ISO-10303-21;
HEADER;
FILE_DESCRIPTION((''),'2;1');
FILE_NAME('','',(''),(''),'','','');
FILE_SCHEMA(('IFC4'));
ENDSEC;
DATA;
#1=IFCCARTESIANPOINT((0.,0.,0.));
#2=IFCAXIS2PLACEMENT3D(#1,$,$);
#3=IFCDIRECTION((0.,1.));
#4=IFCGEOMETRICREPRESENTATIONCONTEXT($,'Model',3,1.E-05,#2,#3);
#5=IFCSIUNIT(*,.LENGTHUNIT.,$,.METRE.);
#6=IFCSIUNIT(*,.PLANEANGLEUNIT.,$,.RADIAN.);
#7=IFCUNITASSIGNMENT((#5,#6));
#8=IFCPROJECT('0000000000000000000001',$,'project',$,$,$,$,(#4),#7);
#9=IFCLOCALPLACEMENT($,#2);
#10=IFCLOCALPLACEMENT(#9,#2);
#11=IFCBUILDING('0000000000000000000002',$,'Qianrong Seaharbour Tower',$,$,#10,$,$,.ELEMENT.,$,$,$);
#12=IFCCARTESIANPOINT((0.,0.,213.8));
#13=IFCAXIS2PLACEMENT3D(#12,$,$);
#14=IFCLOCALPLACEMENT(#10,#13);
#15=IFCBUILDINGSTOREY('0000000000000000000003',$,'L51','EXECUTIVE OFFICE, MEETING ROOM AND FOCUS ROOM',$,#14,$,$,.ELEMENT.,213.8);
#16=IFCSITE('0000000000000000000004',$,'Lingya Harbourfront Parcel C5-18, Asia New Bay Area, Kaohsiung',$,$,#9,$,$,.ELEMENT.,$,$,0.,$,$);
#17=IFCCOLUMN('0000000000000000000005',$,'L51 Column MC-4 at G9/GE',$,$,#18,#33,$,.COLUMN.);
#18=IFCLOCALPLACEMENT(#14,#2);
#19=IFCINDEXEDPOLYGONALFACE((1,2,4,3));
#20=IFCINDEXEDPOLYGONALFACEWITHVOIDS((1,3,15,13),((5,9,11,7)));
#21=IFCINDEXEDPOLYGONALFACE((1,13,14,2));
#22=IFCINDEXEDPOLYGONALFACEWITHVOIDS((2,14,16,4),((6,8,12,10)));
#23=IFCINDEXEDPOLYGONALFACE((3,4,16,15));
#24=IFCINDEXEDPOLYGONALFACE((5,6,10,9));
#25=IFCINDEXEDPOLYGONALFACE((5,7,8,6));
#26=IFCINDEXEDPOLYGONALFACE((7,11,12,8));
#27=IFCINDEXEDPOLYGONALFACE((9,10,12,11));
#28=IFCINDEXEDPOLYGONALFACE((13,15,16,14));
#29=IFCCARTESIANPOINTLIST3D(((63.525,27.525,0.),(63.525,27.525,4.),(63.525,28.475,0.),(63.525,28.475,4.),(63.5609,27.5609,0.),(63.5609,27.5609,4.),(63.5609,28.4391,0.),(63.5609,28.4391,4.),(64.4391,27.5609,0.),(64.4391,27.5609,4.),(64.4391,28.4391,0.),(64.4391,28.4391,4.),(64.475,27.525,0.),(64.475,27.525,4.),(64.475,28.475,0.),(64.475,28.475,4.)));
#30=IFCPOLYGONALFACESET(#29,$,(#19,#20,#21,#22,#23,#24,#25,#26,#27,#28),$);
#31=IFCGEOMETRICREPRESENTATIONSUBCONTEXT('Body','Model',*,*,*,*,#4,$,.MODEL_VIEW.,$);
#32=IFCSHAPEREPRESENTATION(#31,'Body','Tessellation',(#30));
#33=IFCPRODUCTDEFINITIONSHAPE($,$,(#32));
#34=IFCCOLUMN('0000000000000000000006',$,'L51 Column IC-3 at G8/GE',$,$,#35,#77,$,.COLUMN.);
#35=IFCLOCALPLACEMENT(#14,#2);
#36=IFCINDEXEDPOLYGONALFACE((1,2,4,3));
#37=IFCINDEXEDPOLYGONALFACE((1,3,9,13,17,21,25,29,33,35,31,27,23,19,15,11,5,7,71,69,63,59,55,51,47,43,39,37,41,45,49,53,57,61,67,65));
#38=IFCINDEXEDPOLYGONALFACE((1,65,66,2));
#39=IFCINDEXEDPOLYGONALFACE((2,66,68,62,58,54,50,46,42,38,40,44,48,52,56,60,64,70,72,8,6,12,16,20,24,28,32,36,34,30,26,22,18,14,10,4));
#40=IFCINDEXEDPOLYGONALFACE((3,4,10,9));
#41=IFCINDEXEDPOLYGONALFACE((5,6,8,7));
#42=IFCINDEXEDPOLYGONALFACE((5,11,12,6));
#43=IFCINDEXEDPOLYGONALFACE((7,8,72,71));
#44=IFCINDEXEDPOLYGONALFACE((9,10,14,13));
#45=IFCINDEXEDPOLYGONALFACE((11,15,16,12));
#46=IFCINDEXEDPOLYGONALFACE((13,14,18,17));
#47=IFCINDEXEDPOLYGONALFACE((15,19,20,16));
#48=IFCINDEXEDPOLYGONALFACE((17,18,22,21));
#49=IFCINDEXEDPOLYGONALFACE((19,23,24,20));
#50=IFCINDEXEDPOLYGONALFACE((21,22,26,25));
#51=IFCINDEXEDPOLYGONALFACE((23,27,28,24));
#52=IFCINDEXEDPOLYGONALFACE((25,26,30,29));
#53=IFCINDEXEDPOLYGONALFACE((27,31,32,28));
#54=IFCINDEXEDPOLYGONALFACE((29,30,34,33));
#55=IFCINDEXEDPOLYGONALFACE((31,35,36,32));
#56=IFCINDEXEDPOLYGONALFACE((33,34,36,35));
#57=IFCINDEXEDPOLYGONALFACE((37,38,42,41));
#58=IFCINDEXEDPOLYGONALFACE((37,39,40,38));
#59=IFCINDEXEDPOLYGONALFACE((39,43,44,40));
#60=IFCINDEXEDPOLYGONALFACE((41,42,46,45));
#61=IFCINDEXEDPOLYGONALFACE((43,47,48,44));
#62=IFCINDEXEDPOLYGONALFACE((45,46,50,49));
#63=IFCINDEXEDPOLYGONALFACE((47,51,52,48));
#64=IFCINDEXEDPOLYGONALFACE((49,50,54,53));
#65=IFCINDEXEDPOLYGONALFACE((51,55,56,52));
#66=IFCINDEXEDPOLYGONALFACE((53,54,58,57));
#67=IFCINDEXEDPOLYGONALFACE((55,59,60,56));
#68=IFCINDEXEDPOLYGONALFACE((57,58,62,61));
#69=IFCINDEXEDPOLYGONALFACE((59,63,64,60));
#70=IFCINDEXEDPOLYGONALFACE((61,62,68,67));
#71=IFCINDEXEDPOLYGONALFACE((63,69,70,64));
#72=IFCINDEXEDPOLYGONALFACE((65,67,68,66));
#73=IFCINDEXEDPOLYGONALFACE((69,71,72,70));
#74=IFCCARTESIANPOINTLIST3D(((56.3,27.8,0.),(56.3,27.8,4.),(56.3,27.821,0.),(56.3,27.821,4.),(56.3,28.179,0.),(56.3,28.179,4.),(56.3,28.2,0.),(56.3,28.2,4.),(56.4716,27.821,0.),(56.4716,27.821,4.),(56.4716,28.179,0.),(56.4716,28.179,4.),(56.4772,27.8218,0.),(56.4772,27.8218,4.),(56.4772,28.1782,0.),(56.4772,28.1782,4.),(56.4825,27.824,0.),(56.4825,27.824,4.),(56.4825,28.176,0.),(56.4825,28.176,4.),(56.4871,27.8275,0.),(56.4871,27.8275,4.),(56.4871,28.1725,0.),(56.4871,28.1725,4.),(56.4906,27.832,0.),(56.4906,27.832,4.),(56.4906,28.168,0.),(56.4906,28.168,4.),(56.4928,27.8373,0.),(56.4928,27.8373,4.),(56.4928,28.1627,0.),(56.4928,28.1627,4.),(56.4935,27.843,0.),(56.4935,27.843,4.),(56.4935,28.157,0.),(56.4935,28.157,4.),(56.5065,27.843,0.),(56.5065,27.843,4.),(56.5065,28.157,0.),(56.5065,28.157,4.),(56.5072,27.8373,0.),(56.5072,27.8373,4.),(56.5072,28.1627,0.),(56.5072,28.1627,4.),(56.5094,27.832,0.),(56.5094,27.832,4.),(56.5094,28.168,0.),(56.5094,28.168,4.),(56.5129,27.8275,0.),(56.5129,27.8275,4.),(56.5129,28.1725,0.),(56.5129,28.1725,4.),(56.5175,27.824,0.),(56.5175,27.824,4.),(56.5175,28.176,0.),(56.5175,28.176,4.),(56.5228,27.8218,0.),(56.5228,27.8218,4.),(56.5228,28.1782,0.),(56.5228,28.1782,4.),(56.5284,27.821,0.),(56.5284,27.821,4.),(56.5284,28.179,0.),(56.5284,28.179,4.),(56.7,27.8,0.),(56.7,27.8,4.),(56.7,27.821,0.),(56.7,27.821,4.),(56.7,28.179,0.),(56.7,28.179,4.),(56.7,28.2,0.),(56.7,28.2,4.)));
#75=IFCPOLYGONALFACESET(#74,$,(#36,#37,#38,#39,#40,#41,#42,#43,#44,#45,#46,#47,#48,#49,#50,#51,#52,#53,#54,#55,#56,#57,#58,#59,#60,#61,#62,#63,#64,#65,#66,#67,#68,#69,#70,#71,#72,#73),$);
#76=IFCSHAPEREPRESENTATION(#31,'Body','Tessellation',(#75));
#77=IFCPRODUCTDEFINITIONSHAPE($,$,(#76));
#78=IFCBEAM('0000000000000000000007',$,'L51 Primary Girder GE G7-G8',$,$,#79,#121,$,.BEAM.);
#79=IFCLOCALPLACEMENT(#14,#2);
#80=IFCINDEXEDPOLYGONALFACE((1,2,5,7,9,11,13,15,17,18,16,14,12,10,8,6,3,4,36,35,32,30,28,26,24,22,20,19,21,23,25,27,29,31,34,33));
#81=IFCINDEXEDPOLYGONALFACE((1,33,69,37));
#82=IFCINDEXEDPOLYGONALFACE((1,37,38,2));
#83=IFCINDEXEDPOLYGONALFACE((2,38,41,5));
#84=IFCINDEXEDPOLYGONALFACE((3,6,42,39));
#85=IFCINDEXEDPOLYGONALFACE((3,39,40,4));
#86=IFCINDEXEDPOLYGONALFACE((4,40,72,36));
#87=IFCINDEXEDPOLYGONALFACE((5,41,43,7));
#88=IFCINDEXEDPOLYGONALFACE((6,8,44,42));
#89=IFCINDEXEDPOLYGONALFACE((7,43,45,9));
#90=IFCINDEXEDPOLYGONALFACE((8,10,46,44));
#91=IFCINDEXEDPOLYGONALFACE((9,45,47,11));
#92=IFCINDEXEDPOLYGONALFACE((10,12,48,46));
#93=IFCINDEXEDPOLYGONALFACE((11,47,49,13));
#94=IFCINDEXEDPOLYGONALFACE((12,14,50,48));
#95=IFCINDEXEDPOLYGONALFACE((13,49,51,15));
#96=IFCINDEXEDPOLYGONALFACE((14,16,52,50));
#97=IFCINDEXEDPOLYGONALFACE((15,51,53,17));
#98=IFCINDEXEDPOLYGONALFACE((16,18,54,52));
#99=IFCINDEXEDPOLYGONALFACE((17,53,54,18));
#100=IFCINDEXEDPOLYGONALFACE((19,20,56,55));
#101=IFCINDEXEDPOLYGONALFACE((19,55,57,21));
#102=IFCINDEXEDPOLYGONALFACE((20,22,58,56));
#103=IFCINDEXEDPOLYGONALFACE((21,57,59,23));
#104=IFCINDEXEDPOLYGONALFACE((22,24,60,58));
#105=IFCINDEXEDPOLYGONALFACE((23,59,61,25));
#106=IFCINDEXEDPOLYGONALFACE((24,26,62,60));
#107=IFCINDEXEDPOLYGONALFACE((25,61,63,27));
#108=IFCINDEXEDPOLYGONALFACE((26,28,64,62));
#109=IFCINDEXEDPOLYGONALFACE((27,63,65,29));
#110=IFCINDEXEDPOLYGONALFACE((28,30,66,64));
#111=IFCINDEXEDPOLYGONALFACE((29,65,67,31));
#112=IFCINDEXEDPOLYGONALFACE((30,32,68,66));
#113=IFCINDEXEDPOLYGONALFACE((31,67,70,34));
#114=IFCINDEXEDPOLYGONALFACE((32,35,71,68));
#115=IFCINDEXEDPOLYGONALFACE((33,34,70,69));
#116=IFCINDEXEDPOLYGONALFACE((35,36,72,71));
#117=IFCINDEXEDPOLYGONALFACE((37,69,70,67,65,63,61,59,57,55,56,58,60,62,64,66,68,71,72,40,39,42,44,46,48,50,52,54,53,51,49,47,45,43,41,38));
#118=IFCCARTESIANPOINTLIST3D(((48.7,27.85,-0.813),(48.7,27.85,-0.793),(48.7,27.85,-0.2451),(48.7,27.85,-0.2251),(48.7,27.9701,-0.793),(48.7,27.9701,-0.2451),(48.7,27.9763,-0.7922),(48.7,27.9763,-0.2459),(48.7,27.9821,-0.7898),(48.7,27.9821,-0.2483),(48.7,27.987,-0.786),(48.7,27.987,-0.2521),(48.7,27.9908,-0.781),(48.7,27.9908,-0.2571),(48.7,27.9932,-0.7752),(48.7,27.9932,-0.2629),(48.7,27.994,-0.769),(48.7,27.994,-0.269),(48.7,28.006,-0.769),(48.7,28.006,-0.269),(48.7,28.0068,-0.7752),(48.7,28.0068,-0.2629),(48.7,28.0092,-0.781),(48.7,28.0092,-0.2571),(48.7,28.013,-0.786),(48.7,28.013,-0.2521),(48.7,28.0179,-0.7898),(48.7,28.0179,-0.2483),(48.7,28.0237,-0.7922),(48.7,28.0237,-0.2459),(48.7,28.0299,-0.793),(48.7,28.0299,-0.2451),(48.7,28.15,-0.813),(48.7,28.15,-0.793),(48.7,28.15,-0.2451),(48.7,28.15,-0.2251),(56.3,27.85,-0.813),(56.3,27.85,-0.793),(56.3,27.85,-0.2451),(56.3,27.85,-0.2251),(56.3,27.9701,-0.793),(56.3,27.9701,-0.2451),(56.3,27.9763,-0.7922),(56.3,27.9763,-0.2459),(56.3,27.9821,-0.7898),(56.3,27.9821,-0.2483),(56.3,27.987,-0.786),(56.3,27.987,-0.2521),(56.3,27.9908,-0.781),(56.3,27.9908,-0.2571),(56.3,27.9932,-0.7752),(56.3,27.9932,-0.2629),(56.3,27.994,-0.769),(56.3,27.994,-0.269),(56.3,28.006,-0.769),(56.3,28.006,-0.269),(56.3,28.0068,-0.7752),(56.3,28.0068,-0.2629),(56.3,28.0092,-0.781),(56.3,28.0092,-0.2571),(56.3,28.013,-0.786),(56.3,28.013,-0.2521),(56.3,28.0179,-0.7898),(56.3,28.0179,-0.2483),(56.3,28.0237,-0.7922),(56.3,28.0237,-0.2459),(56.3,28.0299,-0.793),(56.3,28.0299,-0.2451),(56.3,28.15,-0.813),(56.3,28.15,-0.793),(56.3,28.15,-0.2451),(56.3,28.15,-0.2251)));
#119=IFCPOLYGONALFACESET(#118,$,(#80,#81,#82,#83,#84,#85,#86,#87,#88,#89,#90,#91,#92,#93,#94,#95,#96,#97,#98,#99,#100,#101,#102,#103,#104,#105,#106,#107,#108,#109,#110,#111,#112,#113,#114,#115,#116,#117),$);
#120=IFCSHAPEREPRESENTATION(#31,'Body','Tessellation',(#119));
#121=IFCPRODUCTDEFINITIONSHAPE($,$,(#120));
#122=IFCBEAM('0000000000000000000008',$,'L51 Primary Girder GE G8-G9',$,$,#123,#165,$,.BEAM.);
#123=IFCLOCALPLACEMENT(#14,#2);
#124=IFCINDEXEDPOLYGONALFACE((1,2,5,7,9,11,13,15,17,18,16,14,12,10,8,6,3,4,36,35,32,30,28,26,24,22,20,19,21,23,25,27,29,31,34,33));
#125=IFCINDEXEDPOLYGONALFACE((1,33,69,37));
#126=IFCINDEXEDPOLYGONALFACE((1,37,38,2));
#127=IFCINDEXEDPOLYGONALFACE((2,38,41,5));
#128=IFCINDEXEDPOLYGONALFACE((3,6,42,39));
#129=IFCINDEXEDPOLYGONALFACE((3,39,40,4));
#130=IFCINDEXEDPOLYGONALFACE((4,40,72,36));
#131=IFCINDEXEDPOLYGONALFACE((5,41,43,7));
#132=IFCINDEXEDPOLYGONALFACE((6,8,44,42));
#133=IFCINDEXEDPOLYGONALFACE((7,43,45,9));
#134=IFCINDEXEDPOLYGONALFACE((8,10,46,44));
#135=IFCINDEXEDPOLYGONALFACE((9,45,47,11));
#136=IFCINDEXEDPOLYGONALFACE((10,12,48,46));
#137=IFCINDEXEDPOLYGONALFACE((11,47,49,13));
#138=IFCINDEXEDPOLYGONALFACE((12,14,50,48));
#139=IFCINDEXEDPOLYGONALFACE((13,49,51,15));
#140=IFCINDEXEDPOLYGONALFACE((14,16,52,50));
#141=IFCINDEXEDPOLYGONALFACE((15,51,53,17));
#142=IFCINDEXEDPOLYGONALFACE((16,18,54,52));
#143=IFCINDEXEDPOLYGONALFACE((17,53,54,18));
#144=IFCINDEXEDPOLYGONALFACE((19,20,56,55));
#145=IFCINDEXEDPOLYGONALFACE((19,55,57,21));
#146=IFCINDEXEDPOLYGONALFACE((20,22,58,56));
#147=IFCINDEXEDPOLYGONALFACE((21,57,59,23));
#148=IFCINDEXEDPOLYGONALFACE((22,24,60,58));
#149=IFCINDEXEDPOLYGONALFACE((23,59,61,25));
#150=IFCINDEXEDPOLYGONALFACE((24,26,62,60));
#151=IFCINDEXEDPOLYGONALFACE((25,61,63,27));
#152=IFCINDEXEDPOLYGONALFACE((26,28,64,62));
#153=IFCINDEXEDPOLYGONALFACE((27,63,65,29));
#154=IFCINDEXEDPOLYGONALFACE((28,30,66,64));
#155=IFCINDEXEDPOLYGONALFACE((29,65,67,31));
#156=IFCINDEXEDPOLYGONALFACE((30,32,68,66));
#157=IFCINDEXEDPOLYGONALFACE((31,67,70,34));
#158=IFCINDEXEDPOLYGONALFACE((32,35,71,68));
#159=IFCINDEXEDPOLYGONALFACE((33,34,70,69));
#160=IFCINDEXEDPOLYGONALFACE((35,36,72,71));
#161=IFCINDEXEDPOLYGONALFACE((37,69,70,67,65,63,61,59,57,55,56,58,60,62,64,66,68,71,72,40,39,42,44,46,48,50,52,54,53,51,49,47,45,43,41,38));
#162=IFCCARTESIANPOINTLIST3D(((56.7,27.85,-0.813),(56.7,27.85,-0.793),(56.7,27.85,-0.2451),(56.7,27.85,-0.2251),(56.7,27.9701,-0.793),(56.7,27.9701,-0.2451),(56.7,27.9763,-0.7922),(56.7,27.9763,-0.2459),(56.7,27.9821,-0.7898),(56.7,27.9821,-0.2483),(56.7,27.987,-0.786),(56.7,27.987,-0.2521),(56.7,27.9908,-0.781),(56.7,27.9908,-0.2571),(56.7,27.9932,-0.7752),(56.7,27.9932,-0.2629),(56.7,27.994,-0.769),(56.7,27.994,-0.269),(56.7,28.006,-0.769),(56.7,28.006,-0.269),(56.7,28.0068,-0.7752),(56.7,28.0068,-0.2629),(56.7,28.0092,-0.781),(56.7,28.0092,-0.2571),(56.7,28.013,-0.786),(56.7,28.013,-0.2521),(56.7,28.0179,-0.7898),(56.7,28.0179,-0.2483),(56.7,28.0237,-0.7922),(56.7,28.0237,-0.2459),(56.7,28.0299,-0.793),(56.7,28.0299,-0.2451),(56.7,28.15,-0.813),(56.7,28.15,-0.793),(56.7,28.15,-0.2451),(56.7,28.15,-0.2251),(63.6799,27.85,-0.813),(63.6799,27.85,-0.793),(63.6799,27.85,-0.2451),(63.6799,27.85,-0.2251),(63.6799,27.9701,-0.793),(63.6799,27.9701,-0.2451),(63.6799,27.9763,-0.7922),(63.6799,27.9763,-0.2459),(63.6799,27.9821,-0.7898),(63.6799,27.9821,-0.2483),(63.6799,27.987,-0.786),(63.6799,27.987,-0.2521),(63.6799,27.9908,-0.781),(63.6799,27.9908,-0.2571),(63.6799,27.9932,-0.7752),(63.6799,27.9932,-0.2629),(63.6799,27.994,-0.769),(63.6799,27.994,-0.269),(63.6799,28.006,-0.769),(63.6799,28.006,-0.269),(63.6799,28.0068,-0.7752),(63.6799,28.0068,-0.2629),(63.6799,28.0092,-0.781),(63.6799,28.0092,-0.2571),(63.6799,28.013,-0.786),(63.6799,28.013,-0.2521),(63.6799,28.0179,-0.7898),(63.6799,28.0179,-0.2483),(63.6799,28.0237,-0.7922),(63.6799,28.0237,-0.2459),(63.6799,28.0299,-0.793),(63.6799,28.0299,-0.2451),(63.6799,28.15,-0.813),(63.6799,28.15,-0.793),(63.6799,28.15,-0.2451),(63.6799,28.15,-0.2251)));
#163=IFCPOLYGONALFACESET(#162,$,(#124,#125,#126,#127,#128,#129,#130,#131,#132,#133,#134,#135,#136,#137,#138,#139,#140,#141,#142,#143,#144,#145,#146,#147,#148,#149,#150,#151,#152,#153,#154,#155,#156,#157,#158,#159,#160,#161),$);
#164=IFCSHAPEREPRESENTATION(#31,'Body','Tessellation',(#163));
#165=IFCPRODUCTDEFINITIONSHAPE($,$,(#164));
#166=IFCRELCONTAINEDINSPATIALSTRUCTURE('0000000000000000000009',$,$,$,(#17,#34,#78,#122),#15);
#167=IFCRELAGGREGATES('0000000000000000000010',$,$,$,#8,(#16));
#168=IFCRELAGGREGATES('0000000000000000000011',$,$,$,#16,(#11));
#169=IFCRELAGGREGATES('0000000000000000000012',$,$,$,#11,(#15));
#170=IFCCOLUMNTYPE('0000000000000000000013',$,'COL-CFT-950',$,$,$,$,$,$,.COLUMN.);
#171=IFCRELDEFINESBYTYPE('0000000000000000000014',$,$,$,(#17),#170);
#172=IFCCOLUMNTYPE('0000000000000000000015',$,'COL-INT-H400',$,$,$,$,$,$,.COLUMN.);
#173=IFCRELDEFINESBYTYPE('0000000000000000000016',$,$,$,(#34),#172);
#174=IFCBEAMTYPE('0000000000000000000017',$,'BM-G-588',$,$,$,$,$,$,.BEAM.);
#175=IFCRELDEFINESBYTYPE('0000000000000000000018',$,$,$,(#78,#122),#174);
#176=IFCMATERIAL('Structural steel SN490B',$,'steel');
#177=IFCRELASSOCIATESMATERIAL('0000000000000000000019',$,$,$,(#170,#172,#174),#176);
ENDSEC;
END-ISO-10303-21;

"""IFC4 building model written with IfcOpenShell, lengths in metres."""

from ifc_helpers import new_model, si_unit, direction, frame, origin, origin_2d, place, context, subcontext, project, spatial, hollow_rectangle, i_section, extrude, material, material_profile, profile_set, type_object, element, save


model = new_model("IFC4")

# Units and contexts
model_context = context("Model", 3, precision=1e-05, world=origin(), true_north=direction((0.0, 1.0)))
body_context = subcontext(model_context, "Body", "Model", "MODEL_VIEW")
ifc_project = project(units=[si_unit("LENGTHUNIT", "METRE"), si_unit("PLANEANGLEUNIT", "RADIAN")], contexts=[model_context])

# Site, building, storey
site_placement = place(None, origin())
site = spatial("IfcSite", under=ifc_project, at=site_placement, Name="Lingya Harbourfront Parcel C5-18, Asia New Bay Area, Kaohsiung", CompositionType="ELEMENT", RefElevation=0.0)
building_placement = place(site_placement, origin())
building = spatial("IfcBuilding", under=site, at=building_placement, Name="Qianrong Seaharbour Tower", CompositionType="ELEMENT")
storey_placement = place(building_placement, frame((0.0, 0.0, 213.8)))
storey = spatial("IfcBuildingStorey", under=building, at=storey_placement, Name="L51", Description="EXECUTIVE OFFICE, MEETING ROOM AND FOCUS ROOM", CompositionType="ELEMENT", Elevation=213.8)

# Columns
ifc_material_1 = material(Name="Structural steel SN490B", Category="steel")
ifc_material_profile_1 = material_profile(ifc_material_1, hollow_rectangle(XDim=0.95, YDim=0.95, WallThickness=0.0359, at=origin_2d()), Name="BOX950x950x36")
ifc_profile_set_1 = profile_set([ifc_material_profile_1], Name="Structural steel SN490B")
column_type_1 = type_object("IfcColumnType", Name="COL-CFT-950", PredefinedType="COLUMN", material=ifc_profile_set_1)
column_1_placement = place(storey_placement, frame((64.0, 28.0, 0.0), z_axis=(0.0, 0.0, 1.0), x_axis=(1.0, 0.0, 0.0)))
element("IfcColumn", 1, at=column_1_placement, inside=storey, type_object=column_type_1, Name="L51 Column MC-4 at G9/GE", PredefinedType="COLUMN", context=body_context, shape_type="SweptSolid", body=[
    extrude(hollow_rectangle(XDim=0.95, YDim=0.95, WallThickness=0.0359, at=origin_2d()), origin(), (0.0, 0.0, 1.0), 4.0),
])
ifc_material_profile_2 = material_profile(ifc_material_1, i_section(OverallWidth=0.3999, OverallDepth=0.3999, WebThickness=0.0129, FlangeThickness=0.021, FilletRadius=0.022, at=origin_2d()), Name="H400x400x13x21")
ifc_profile_set_2 = profile_set([ifc_material_profile_2], Name="Structural steel SN490B")
column_type_2 = type_object("IfcColumnType", Name="COL-INT-H400", PredefinedType="COLUMN", material=ifc_profile_set_2)
column_2_placement = place(storey_placement, frame((56.5, 28.0, 0.0), z_axis=(0.0, 0.0, 1.0), x_axis=(1.0, 0.0, 0.0)))
element("IfcColumn", 2, at=column_2_placement, inside=storey, type_object=column_type_2, Name="L51 Column IC-3 at G8/GE", PredefinedType="COLUMN", context=body_context, shape_type="SweptSolid", body=[
    extrude(i_section(OverallWidth=0.3999, OverallDepth=0.3999, WebThickness=0.0129, FlangeThickness=0.021, FilletRadius=0.022, at=origin_2d()), origin(), (0.0, 0.0, 1.0), 4.0),
])

# Beams
ifc_material_profile_3 = material_profile(ifc_material_1, i_section(OverallWidth=0.3, OverallDepth=0.5879, WebThickness=0.012, FlangeThickness=0.02, FilletRadius=0.0239, at=origin_2d()), Name="H588x300x12x20")
ifc_profile_set_3 = profile_set([ifc_material_profile_3], Name="Structural steel SN490B")
beam_type_1 = type_object("IfcBeamType", Name="BM-G-588", PredefinedType="BEAM", material=ifc_profile_set_3)
beam_1_placement = place(storey_placement, frame((48.7, 28.0, -0.519), z_axis=(1.0, 0.0, 0.0), x_axis=(0.0, 1.0, 0.0)))
element("IfcBeam", 3, at=beam_1_placement, inside=storey, type_object=beam_type_1, Name="L51 Primary Girder GE G7-G8", PredefinedType="BEAM", context=body_context, shape_type="SweptSolid", body=[
    extrude(i_section(OverallWidth=0.3, OverallDepth=0.5879, WebThickness=0.012, FlangeThickness=0.02, FilletRadius=0.0239, at=origin_2d()), origin(), (0.0, 0.0, 1.0), 7.6001),
])
beam_2_placement = place(storey_placement, frame((56.7, 28.0, -0.519), z_axis=(1.0, 0.0, 0.0), x_axis=(0.0, 1.0, 0.0)))
element("IfcBeam", 4, at=beam_2_placement, inside=storey, type_object=beam_type_1, Name="L51 Primary Girder GE G8-G9", PredefinedType="BEAM", context=body_context, shape_type="SweptSolid", body=[
    extrude(i_section(OverallWidth=0.3, OverallDepth=0.5879, WebThickness=0.012, FlangeThickness=0.02, FilletRadius=0.0239, at=origin_2d()), origin(), (0.0, 0.0, 1.0), 6.98),
])

save(model, "model.ifc")
